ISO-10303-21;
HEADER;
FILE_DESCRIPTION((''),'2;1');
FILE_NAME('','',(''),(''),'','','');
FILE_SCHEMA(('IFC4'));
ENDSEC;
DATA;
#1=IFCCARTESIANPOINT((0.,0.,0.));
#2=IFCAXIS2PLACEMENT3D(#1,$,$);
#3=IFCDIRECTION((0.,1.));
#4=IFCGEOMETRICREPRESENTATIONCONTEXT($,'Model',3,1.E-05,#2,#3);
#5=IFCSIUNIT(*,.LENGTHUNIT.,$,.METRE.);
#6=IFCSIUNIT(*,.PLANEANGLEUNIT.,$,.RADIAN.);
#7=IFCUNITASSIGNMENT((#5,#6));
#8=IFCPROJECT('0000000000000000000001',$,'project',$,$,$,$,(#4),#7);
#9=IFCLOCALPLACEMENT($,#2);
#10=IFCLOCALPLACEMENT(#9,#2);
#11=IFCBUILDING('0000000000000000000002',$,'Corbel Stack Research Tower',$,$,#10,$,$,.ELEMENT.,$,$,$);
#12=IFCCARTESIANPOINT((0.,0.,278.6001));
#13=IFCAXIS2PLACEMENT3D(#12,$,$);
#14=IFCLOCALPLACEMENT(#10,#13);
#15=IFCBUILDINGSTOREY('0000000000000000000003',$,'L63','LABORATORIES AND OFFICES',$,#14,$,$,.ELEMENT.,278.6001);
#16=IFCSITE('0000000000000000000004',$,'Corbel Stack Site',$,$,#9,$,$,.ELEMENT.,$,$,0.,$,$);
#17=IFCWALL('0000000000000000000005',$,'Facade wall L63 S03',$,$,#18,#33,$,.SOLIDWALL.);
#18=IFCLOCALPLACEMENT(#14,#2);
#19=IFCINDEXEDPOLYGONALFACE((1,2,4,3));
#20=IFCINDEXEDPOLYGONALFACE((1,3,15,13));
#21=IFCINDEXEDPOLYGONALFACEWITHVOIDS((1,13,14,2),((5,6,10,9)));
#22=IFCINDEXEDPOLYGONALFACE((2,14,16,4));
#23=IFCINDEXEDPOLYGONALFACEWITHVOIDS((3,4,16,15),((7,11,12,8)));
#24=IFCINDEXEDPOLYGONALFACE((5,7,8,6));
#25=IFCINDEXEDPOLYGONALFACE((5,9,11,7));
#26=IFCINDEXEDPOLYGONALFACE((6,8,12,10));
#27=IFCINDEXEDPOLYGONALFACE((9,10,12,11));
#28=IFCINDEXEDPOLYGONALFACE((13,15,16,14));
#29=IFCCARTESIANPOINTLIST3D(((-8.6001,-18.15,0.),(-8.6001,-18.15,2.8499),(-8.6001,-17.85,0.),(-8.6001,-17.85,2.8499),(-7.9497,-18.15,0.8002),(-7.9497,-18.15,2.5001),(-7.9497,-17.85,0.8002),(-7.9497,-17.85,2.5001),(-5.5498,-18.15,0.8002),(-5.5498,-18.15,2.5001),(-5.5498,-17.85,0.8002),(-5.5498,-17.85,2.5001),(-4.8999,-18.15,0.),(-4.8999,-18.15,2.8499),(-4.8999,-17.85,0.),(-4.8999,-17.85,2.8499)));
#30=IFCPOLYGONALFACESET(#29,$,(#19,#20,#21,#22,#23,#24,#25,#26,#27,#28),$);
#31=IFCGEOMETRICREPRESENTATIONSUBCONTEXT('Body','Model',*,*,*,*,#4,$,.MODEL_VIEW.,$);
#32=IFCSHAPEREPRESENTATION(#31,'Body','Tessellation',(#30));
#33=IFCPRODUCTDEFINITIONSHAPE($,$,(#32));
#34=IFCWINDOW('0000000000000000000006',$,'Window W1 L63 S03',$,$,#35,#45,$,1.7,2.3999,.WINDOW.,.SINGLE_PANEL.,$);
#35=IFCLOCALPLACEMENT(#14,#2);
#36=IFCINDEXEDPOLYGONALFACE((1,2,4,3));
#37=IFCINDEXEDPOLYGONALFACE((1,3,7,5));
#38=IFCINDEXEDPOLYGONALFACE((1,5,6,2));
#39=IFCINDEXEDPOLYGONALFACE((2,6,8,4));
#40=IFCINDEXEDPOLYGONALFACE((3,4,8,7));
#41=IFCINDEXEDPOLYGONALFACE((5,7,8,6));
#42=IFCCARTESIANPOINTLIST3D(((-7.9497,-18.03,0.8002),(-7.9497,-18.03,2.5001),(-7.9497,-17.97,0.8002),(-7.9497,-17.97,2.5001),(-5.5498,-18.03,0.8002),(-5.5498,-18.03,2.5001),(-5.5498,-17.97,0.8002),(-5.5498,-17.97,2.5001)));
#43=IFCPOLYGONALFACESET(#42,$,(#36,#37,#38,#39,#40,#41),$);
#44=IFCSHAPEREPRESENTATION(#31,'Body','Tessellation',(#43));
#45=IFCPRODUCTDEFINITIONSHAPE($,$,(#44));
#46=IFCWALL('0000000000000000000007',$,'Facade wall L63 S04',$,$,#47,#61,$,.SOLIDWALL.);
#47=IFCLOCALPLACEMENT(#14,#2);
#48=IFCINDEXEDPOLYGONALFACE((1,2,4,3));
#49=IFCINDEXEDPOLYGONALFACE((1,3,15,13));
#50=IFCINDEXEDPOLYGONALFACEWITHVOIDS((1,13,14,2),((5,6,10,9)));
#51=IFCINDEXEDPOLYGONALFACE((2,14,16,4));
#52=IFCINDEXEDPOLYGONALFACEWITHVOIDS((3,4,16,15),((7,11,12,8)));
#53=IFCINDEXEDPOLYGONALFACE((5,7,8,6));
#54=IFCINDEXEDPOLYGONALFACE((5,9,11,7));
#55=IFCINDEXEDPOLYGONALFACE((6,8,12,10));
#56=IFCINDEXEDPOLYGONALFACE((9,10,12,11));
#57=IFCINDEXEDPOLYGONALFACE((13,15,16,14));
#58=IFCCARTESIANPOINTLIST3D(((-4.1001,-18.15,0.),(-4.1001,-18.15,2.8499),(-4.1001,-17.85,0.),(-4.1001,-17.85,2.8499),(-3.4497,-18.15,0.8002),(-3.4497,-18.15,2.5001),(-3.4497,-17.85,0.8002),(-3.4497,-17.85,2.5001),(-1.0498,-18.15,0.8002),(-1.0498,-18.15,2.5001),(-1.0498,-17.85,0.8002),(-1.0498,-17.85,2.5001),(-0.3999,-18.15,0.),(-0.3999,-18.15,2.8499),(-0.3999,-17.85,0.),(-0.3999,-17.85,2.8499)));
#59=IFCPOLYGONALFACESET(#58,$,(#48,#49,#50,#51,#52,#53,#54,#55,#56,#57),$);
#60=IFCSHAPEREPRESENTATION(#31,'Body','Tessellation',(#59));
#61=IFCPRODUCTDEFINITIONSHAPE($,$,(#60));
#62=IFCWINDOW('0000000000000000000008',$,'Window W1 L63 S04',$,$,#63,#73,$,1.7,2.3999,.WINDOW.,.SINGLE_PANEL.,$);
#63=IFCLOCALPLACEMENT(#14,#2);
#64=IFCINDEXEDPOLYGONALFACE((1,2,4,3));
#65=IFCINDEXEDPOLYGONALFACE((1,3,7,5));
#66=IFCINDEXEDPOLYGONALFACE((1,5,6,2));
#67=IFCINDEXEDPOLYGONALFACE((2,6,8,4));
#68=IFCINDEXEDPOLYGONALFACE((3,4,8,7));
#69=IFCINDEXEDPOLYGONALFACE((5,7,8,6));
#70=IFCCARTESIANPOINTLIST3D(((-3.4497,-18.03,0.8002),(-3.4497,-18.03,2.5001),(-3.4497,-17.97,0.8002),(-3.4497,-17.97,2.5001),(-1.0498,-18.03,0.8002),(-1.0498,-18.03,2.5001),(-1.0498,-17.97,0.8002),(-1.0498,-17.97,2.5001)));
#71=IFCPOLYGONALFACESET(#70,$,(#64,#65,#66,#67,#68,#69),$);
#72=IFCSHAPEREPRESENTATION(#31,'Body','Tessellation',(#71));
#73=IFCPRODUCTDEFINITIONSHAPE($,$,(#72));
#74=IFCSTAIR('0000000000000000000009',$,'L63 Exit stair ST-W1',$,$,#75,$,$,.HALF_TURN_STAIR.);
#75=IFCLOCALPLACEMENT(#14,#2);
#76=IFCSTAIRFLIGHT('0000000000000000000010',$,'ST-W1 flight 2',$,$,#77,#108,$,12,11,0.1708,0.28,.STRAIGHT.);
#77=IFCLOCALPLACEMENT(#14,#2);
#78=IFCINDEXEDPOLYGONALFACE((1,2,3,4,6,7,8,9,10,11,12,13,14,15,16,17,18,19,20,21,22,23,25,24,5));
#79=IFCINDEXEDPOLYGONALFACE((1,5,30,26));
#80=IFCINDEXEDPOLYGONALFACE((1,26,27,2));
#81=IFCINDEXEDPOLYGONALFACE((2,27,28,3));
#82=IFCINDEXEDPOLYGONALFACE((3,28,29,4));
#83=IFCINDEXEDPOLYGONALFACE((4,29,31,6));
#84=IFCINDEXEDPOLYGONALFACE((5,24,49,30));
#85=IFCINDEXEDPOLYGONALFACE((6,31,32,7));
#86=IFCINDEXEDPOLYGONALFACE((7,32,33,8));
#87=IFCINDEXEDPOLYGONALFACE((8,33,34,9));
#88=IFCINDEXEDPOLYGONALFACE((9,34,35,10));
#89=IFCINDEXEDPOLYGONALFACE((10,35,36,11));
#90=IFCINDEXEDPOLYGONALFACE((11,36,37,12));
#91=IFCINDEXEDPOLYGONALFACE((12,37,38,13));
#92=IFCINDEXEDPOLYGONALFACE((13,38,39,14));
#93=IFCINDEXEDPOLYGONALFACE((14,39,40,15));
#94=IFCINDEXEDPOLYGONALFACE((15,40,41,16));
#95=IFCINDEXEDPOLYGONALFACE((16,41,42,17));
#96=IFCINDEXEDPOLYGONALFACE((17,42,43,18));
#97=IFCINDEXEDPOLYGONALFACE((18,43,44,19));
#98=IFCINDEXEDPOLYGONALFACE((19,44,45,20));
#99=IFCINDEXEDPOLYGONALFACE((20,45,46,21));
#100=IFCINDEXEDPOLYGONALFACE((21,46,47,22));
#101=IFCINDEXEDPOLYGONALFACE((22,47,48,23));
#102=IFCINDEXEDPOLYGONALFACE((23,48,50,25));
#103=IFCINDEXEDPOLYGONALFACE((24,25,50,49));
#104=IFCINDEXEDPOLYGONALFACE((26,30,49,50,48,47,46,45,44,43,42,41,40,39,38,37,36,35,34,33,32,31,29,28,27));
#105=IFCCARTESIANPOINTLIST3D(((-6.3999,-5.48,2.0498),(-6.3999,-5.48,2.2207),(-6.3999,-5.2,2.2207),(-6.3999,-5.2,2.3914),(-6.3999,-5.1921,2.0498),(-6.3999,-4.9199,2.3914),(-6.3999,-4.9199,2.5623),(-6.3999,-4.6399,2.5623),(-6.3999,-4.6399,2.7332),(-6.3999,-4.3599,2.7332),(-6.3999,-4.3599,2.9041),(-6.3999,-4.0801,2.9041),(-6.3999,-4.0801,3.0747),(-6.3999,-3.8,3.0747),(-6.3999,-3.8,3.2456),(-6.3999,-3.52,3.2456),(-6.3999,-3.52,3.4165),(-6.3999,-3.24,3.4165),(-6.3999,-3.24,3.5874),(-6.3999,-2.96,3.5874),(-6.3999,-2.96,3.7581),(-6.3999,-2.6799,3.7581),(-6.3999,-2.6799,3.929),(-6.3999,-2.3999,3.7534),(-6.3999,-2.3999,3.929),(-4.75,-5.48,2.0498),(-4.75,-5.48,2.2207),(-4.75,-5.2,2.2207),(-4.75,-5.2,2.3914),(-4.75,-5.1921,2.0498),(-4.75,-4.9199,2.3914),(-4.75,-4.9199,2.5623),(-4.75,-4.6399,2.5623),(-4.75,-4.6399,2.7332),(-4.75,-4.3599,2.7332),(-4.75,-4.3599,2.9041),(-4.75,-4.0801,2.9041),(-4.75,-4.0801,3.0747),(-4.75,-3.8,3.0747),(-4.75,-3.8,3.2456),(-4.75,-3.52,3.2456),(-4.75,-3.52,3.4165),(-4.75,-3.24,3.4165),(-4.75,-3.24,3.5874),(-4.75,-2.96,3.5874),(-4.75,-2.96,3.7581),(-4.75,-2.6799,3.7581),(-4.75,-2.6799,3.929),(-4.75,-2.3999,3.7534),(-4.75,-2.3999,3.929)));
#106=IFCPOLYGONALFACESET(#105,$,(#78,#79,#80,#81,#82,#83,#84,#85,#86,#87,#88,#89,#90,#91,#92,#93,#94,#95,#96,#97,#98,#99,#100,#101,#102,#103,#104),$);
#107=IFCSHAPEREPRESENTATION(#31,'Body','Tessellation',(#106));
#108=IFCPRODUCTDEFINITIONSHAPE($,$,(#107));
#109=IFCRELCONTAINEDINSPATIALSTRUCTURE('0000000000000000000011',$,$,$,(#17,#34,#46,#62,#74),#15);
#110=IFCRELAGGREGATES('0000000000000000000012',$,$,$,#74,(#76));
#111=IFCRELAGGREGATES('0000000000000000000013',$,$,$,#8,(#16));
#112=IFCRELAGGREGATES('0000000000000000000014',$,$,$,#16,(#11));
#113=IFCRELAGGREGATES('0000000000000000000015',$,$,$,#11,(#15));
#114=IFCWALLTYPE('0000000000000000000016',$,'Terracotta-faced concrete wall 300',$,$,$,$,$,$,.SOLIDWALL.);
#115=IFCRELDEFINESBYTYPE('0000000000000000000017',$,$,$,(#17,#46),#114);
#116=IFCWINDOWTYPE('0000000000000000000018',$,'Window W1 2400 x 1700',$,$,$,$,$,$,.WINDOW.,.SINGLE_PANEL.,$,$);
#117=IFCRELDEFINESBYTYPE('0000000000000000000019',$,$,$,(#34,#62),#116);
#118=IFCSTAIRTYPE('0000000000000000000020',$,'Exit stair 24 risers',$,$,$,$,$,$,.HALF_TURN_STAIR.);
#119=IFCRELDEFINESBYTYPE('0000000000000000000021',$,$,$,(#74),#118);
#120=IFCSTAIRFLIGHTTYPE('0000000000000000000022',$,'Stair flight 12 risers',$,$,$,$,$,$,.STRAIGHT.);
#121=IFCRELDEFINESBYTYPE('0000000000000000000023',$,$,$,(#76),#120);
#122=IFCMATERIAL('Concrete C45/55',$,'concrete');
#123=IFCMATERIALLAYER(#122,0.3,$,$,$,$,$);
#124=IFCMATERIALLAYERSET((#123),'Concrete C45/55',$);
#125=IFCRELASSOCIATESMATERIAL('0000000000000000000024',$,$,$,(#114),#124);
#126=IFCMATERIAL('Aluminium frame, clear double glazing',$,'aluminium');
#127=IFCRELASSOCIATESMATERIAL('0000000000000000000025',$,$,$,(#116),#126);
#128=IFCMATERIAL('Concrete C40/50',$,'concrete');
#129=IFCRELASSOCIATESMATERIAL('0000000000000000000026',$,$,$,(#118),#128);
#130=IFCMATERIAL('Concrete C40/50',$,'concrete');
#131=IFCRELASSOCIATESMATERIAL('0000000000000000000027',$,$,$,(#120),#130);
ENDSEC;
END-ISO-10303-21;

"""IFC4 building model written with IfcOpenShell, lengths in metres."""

from ifc_helpers import new_model, si_unit, direction, frame, frame_2d, origin, place, context, subcontext, project, spatial, polyline, rectangle, outline, extrude, material, layer, layer_set, type_object, element, fill, aggregate, save


model = new_model("IFC4")

# Units and contexts
model_context = context("Model", 3, precision=1e-05, world=origin(), true_north=direction((0.0, 1.0)))
body_context = subcontext(model_context, "Body", "Model", "MODEL_VIEW")
ifc_project = project(units=[si_unit("LENGTHUNIT", "METRE"), si_unit("PLANEANGLEUNIT", "RADIAN")], contexts=[model_context])

# Site, building, storey
site_placement = place(None, origin())
site = spatial("IfcSite", under=ifc_project, at=site_placement, Name="Corbel Stack Site", CompositionType="ELEMENT", RefElevation=0.0)
building_placement = place(site_placement, origin())
building = spatial("IfcBuilding", under=site, at=building_placement, Name="Corbel Stack Research Tower", CompositionType="ELEMENT")
storey_placement = place(building_placement, frame((0.0, 0.0, 278.6001)))
storey = spatial("IfcBuildingStorey", under=building, at=storey_placement, Name="L63", Description="LABORATORIES AND OFFICES", CompositionType="ELEMENT", Elevation=278.6001)

# Walls, openings, windows
ifc_material_1 = material(Name="Concrete C45/55", Category="concrete")
ifc_layer_1 = layer(ifc_material_1, 0.3)
ifc_layer_set_1 = layer_set([ifc_layer_1], Name="Concrete C45/55")
wall_type_1 = type_object("IfcWallType", Name="Terracotta-faced concrete wall 300", PredefinedType="SOLIDWALL", material=ifc_layer_set_1)
wall_1_placement = place(storey_placement, frame((-4.8999, -18.0, 0.0), z_axis=(0.0, 0.0, 1.0), x_axis=(-1.0, 0.0, 0.0)))
wall_1 = element("IfcWall", 1, at=wall_1_placement, inside=storey, type_object=wall_type_1, Name="Facade wall L63 S03", PredefinedType="SOLIDWALL", context=body_context, shape_type="SweptSolid", body=[
    extrude(rectangle(XDim=3.7002, YDim=0.3, at=frame_2d((1.8501, 0.0))), origin(), (0.0, 0.0, 1.0), 2.8499),
])
opening_1_placement = place(wall_1_placement, frame((0.6499, 0.0, 0.8)))
opening_1 = element("IfcOpeningElement", 2, at=opening_1_placement, cuts=wall_1, PredefinedType="OPENING", context=body_context, shape_type="SweptSolid", body=[
    extrude(rectangle(XDim=2.3999, YDim=1.7, at=frame_2d((1.2, 0.8501))), frame((0.0, 0.1599, 0.0), z_axis=(0.0, -1.0, 0.0), x_axis=(1.0, 0.0, 0.0)), (0.0, 0.0, 1.0), 0.3201),
])
ifc_material_2 = material(Name="Aluminium frame, clear double glazing", Category="aluminium")
window_type = type_object("IfcWindowType", Name="Window W1 2400 x 1700", PartitioningType="SINGLE_PANEL", PredefinedType="WINDOW", material=ifc_material_2)
window_1_placement = place(opening_1_placement, origin())
window_1 = element("IfcWindow", 3, at=window_1_placement, inside=storey, type_object=window_type, Name="Window W1 L63 S03", OverallHeight=1.7, OverallWidth=2.3999, PartitioningType="SINGLE_PANEL", PredefinedType="WINDOW", context=body_context, shape_type="SweptSolid", body=[
    extrude(rectangle(XDim=2.3999, YDim=1.7, at=frame_2d((1.2, 0.8501))), frame((0.0, 0.03, 0.0), z_axis=(0.0, -1.0, 0.0), x_axis=(1.0, 0.0, 0.0)), (0.0, 0.0, 1.0), 0.0601),
])
fill(opening_1, window_1)
wall_2_placement = place(storey_placement, frame((-0.3999, -18.0, 0.0), z_axis=(0.0, 0.0, 1.0), x_axis=(-1.0, 0.0, 0.0)))
wall_2 = element("IfcWall", 4, at=wall_2_placement, inside=storey, type_object=wall_type_1, Name="Facade wall L63 S04", PredefinedType="SOLIDWALL", context=body_context, shape_type="SweptSolid", body=[
    extrude(rectangle(XDim=3.7002, YDim=0.3, at=frame_2d((1.8501, 0.0))), origin(), (0.0, 0.0, 1.0), 2.8499),
])
opening_2_placement = place(wall_2_placement, frame((0.6499, 0.0, 0.8)))
opening_2 = element("IfcOpeningElement", 5, at=opening_2_placement, cuts=wall_2, PredefinedType="OPENING", context=body_context, shape_type="SweptSolid", body=[
    extrude(rectangle(XDim=2.3999, YDim=1.7, at=frame_2d((1.2, 0.8501))), frame((0.0, 0.1599, 0.0), z_axis=(0.0, -1.0, 0.0), x_axis=(1.0, 0.0, 0.0)), (0.0, 0.0, 1.0), 0.3201),
])
window_2_placement = place(opening_2_placement, origin())
window_2 = element("IfcWindow", 6, at=window_2_placement, inside=storey, type_object=window_type, Name="Window W1 L63 S04", OverallHeight=1.7, OverallWidth=2.3999, PartitioningType="SINGLE_PANEL", PredefinedType="WINDOW", context=body_context, shape_type="SweptSolid", body=[
    extrude(rectangle(XDim=2.3999, YDim=1.7, at=frame_2d((1.2, 0.8501))), frame((0.0, 0.03, 0.0), z_axis=(0.0, -1.0, 0.0), x_axis=(1.0, 0.0, 0.0)), (0.0, 0.0, 1.0), 0.0601),
])
fill(opening_2, window_2)

# Stair, stair flight
ifc_material_3 = material(Name="Concrete C40/50", Category="concrete")
stair_type = type_object("IfcStairType", Name="Exit stair 24 risers", PredefinedType="HALF_TURN_STAIR", material=ifc_material_3)
stair_placement = place(storey_placement, origin())
stair = element("IfcStair", 7, at=stair_placement, inside=storey, type_object=stair_type, Name="L63 Exit stair ST-W1", PredefinedType="HALF_TURN_STAIR")
ifc_material_4 = material(Name="Concrete C40/50", Category="concrete")
stair_flight_type = type_object("IfcStairFlightType", Name="Stair flight 12 risers", PredefinedType="STRAIGHT", material=ifc_material_4)
stair_flight_placement = place(storey_placement, frame((-5.575, -5.48, 2.0498), z_axis=(0.0, 0.0, 1.0), x_axis=(0.0, 1.0, 0.0)))
stair_flight = element("IfcStairFlight", 8, at=stair_flight_placement, type_object=stair_flight_type, Name="ST-W1 flight 2", NumberOfRisers=12, NumberOfTreads=11, PredefinedType="STRAIGHT", RiserHeight=0.1708, TreadLength=0.28, context=body_context, shape_type="SweptSolid", body=[
    extrude(outline(polyline([(0.0, 0.0), (0.0, 0.1709), (0.28, 0.1709), (0.28, 0.3416), (0.5601, 0.3416), (0.5601, 0.5125), (0.8401, 0.5125), (0.8401, 0.6833), (1.1201, 0.6833), (1.1201, 0.8542), (1.3999, 0.8542), (1.3999, 1.0249), (1.6799, 1.0249), (1.6799, 1.1958), (1.96, 1.1958), (1.96, 1.3667), (2.24, 1.3667), (2.24, 1.5376), (2.52, 1.5376), (2.52, 1.7083), (2.8, 1.7083), (2.8, 1.8792), (3.0801, 1.8792), (3.0801, 2.05), (3.0801, 1.7036), (0.2878, 0.0), (0.0, 0.0)])), frame((0.0, 0.825, 0.0), z_axis=(0.0, -1.0, 0.0), x_axis=(1.0, 0.0, 0.0)), (0.0, 0.0, 1.0), 1.6499),
])
aggregate(stair, [stair_flight])

save(model, "model.ifc")
